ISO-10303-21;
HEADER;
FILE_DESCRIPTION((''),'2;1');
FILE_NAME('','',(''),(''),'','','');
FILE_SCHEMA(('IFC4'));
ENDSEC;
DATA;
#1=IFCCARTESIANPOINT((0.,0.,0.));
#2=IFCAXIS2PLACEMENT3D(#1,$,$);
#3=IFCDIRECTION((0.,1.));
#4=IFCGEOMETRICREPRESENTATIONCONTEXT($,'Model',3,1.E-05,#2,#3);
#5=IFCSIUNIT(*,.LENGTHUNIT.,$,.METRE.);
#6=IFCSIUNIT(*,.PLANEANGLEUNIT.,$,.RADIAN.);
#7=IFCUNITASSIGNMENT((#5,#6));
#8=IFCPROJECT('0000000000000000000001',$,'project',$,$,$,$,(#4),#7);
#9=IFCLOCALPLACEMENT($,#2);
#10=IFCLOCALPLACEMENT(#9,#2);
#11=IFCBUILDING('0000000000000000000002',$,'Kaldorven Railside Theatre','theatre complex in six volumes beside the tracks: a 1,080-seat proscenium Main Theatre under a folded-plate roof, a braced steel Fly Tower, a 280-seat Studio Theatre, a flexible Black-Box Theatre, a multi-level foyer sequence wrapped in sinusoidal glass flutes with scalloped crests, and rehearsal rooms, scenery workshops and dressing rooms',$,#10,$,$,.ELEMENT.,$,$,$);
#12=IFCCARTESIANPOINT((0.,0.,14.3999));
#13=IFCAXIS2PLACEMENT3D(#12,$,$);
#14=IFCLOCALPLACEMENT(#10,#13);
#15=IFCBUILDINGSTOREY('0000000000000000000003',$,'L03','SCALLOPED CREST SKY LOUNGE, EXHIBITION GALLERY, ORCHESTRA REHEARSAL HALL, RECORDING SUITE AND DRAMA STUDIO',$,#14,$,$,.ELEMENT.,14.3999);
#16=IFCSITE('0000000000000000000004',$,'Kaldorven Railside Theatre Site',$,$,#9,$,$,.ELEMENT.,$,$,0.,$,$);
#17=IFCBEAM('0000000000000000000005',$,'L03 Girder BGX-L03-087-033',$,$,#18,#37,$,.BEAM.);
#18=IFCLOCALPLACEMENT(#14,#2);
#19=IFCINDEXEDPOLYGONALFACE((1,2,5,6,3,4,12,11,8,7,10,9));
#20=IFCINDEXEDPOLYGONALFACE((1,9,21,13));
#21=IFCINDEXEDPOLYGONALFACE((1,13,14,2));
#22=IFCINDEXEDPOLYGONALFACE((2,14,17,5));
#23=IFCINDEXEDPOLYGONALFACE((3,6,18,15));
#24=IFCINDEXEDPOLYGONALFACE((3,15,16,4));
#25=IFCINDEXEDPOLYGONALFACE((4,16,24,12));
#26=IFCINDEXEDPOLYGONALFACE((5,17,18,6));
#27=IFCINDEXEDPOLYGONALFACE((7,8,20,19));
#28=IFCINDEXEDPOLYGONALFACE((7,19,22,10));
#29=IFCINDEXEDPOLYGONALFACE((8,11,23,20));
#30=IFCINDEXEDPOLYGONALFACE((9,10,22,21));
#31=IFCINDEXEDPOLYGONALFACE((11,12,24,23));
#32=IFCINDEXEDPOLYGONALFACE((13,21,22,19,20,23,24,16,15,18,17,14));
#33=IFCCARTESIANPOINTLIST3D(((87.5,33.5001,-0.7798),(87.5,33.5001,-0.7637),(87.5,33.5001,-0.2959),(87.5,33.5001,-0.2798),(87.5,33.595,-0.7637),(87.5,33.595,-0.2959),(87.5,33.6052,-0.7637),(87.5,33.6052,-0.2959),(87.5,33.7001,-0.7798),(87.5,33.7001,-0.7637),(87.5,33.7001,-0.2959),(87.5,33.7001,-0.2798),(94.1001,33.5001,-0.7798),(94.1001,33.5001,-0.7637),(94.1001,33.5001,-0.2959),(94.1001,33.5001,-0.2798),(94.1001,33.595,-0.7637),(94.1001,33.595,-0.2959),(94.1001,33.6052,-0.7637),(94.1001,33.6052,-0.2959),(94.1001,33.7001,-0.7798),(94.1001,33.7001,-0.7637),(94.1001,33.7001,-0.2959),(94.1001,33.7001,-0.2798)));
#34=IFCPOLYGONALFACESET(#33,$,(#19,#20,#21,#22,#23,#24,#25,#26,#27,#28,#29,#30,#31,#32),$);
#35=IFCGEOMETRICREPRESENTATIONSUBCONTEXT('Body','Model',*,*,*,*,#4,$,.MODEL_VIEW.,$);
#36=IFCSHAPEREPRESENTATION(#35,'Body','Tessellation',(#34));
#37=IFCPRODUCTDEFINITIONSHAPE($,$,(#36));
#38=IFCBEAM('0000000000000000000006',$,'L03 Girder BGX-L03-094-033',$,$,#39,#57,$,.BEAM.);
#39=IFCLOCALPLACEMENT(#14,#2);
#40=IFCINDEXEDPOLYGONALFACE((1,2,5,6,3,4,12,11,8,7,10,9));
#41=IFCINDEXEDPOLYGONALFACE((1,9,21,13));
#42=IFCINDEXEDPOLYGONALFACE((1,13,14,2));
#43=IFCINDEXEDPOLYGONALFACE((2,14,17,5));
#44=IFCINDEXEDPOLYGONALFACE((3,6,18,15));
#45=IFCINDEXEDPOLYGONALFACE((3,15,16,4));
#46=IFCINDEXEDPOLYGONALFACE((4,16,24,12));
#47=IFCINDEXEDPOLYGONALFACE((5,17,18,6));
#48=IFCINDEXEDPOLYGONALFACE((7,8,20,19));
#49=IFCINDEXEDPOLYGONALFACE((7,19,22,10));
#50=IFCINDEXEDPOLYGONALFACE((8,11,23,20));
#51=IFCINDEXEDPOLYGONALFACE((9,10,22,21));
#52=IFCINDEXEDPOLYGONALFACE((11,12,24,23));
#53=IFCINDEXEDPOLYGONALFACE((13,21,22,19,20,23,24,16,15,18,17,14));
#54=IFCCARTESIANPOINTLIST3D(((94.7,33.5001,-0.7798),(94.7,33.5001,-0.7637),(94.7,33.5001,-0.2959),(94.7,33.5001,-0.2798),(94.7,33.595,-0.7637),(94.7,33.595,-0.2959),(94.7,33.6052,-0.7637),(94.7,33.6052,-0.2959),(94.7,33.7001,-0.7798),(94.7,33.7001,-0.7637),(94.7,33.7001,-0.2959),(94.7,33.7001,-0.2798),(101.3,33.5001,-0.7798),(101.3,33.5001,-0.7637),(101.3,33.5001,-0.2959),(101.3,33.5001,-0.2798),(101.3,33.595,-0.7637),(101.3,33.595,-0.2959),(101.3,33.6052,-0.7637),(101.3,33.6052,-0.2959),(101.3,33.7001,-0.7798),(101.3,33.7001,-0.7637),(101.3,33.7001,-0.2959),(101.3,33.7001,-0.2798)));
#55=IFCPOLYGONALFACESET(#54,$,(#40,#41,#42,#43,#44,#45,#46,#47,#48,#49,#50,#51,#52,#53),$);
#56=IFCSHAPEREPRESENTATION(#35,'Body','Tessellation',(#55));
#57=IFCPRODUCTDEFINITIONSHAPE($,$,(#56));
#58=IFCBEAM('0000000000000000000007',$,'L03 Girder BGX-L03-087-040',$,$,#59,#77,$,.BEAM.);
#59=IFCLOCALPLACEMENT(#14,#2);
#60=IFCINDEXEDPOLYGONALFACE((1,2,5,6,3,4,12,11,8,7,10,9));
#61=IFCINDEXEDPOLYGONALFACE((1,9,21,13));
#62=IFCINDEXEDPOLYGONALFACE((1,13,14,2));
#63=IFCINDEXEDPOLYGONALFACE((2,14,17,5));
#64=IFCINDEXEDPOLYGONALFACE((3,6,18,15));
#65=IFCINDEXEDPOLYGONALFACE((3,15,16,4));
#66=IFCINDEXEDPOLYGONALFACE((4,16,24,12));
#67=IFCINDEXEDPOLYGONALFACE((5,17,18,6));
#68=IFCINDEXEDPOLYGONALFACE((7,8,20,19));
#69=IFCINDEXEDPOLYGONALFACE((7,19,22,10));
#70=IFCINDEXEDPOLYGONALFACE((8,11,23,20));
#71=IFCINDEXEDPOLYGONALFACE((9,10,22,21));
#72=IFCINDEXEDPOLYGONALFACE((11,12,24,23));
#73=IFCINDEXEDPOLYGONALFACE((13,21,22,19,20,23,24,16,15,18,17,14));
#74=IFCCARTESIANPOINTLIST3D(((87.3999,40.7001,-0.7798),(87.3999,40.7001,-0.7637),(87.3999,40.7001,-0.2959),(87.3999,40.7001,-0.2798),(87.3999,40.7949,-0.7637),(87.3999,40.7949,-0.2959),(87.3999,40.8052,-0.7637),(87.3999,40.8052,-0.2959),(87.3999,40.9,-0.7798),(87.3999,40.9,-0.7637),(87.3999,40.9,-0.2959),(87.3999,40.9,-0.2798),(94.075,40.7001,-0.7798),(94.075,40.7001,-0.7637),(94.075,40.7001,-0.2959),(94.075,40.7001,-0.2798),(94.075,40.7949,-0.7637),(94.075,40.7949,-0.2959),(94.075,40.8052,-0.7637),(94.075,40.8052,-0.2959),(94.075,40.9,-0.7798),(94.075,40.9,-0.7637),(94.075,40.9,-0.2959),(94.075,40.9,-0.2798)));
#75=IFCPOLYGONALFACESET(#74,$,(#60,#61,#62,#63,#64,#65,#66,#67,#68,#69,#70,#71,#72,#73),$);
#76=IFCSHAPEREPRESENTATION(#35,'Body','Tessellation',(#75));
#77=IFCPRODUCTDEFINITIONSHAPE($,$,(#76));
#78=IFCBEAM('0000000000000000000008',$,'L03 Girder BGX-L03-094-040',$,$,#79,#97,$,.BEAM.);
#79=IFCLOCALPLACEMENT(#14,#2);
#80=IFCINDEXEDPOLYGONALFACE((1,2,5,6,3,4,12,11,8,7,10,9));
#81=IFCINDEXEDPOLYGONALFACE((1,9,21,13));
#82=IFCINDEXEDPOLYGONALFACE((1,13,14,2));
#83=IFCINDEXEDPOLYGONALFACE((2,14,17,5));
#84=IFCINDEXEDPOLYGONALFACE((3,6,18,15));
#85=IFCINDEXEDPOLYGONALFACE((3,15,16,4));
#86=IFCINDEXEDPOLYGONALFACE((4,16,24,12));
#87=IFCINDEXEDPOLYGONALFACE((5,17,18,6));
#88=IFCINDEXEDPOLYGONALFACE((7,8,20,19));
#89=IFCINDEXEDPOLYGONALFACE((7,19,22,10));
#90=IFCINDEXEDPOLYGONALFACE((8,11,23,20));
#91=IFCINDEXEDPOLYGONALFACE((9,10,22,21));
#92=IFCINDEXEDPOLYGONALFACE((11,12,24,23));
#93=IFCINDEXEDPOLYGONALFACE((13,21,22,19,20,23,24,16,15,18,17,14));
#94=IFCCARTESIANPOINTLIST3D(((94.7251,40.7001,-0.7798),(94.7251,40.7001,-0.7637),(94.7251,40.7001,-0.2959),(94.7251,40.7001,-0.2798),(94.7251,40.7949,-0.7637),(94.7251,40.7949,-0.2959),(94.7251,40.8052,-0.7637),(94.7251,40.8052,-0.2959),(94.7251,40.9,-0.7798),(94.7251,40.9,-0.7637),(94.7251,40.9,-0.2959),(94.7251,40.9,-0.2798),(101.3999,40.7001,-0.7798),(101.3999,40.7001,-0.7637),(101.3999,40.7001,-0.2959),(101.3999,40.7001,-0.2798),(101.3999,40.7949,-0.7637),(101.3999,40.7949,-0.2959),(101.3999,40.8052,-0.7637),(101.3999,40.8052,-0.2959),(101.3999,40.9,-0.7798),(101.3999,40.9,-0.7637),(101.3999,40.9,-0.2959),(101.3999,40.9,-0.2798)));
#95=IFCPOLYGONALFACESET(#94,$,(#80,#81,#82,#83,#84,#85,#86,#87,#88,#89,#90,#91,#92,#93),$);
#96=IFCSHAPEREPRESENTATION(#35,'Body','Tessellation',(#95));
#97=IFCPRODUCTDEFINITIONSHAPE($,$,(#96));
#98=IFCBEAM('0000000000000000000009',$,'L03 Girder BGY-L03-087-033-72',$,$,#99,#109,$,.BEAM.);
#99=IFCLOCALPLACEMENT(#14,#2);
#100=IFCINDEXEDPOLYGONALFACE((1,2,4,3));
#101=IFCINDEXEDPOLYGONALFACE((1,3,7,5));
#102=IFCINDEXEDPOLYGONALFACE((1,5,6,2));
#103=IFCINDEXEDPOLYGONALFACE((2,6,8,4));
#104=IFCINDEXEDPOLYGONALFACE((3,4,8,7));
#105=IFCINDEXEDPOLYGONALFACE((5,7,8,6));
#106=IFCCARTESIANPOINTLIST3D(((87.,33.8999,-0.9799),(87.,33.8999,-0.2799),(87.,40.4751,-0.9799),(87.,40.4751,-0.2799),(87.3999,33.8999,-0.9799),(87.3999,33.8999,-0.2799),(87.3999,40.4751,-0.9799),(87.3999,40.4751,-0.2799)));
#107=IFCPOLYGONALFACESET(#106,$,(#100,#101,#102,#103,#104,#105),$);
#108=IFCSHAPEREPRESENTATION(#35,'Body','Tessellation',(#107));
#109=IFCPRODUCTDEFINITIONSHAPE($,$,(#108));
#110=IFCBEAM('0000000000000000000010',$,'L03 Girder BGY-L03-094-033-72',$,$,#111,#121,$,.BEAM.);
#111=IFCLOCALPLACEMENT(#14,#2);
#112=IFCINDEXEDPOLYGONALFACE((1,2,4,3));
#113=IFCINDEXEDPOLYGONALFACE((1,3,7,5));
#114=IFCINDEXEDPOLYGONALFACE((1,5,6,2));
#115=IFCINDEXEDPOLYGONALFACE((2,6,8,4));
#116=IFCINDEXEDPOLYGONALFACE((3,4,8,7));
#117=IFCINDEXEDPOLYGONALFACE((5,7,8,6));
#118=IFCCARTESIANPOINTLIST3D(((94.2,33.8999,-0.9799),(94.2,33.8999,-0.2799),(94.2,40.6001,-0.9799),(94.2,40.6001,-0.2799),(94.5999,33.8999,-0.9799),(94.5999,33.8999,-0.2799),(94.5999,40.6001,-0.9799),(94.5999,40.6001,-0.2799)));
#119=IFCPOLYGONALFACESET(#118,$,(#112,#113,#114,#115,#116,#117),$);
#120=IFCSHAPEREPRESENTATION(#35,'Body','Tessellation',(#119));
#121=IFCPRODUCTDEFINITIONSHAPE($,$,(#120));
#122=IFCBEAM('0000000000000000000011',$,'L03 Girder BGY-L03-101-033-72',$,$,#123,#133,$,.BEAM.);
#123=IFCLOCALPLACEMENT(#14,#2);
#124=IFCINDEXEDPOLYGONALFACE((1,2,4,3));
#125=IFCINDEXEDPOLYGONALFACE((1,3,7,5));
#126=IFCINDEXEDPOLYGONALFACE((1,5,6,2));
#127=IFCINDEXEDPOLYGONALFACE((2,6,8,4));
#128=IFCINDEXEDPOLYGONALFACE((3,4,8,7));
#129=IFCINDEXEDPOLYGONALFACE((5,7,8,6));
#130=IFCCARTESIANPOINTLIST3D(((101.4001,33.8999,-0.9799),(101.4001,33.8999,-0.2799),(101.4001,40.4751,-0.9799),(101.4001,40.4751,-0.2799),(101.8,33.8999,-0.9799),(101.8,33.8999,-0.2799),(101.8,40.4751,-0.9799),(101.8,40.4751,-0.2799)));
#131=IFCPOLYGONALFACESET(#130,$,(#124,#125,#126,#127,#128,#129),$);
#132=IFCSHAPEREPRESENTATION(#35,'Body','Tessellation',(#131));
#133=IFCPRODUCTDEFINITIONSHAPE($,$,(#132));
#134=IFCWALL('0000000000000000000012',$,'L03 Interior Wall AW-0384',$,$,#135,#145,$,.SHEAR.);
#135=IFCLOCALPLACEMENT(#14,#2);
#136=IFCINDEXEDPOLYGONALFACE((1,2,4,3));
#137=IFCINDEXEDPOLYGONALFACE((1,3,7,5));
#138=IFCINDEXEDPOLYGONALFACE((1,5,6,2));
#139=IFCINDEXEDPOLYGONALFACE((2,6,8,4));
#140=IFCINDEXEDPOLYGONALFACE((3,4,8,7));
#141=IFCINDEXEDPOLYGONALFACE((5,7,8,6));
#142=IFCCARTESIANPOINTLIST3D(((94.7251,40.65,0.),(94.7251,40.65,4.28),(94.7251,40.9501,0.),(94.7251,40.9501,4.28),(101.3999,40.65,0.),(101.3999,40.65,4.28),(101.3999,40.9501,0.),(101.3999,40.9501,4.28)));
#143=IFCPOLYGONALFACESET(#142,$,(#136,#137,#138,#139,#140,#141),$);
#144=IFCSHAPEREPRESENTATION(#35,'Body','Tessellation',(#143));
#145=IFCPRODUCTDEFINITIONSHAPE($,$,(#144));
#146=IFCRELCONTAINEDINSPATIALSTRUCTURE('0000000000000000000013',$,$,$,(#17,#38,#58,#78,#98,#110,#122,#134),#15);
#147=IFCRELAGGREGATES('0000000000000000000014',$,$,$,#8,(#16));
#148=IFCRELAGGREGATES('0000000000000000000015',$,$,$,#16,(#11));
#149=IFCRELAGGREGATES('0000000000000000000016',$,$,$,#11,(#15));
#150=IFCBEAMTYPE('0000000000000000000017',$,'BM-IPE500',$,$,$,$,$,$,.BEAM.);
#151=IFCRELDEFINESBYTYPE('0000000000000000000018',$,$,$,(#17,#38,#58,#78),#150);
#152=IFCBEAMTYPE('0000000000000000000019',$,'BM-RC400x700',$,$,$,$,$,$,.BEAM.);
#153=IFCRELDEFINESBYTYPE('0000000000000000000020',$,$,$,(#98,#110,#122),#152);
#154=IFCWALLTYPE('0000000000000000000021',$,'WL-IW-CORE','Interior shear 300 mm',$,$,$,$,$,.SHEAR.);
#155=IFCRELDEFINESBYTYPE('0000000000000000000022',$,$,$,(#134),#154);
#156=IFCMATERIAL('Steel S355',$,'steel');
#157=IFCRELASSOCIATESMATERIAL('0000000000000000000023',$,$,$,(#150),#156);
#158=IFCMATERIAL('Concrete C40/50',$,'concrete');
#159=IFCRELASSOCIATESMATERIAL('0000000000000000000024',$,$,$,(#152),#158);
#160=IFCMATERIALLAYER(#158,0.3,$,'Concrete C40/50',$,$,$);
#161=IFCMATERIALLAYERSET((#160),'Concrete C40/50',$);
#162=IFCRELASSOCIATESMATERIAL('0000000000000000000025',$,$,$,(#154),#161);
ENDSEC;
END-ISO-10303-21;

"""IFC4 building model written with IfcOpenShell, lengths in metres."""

from ifc_helpers import new_model, si_unit, direction, frame, frame_2d, origin, origin_2d, place, context, subcontext, project, spatial, rectangle, i_section, extrude, material, layer, layer_set, material_profile, profile_set, type_object, element, save


model = new_model("IFC4")

# Units and contexts
model_context = context("Model", 3, precision=1e-05, world=origin(), true_north=direction((0.0, 1.0)))
body_context = subcontext(model_context, "Body", "Model", "MODEL_VIEW")
ifc_project = project(units=[si_unit("LENGTHUNIT", "METRE"), si_unit("PLANEANGLEUNIT", "RADIAN")], contexts=[model_context])

# Site, building, storey
site_placement = place(None, origin())
site = spatial("IfcSite", under=ifc_project, at=site_placement, Name="Kaldorven Railside Theatre Site", CompositionType="ELEMENT", RefElevation=0.0)
building_placement = place(site_placement, origin())
building = spatial("IfcBuilding", under=site, at=building_placement, Name="Kaldorven Railside Theatre", Description="theatre complex in six volumes beside the tracks: a 1,080-seat proscenium Main Theatre under a folded-plate roof, a braced steel Fly Tower, a 280-seat Studio Theatre, a flexible Black-Box Theatre, a multi-level foyer sequence wrapped in sinusoidal glass flutes with scalloped crests, and rehearsal rooms, scenery workshops and dressing rooms", CompositionType="ELEMENT")
storey_placement = place(building_placement, frame((0.0, 0.0, 14.3999)))
storey = spatial("IfcBuildingStorey", under=building, at=storey_placement, Name="L03", Description="SCALLOPED CREST SKY LOUNGE, EXHIBITION GALLERY, ORCHESTRA REHEARSAL HALL, RECORDING SUITE AND DRAMA STUDIO", CompositionType="ELEMENT", Elevation=14.3999)

# Shared definitions
ifc_material_1 = material(Name="Concrete C40/50", Category="concrete")

# Beams
ifc_material_2 = material(Name="Steel S355", Category="steel")
ifc_material_profile_1 = material_profile(ifc_material_2, i_section(OverallWidth=0.2, OverallDepth=0.5, WebThickness=0.0103, FlangeThickness=0.0161, at=origin_2d()), Name="IPE 500")
ifc_profile_set_1 = profile_set([ifc_material_profile_1], Name="Steel S355")
beam_type_1 = type_object("IfcBeamType", Name="BM-IPE500", PredefinedType="BEAM", material=ifc_profile_set_1)
for number, where, z_axis, x_axis, name in (
    (1, (87.5, 33.6001, -0.5298), (1.0, 0.0, 0.0), (0.0, 1.0, 0.0), "L03 Girder BGX-L03-087-033"),
    (2, (94.7, 33.6001, -0.5298), (1.0, 0.0, 0.0), (0.0, 1.0, 0.0), "L03 Girder BGX-L03-094-033"),
):
    element("IfcBeam", number, at=place(storey_placement, frame(where, z_axis=z_axis, x_axis=x_axis)), inside=storey, type_object=beam_type_1, Name=name, PredefinedType="BEAM", context=body_context, shape_type="SweptSolid", body=[
        extrude(i_section(OverallWidth=0.2, OverallDepth=0.5, WebThickness=0.0103, FlangeThickness=0.0161, at=origin_2d()), origin(), (0.0, 0.0, 1.0), 6.6001),
    ])
beam_1_placement = place(storey_placement, frame((87.3999, 40.8, -0.5298), z_axis=(1.0, 0.0, 0.0), x_axis=(0.0, 1.0, 0.0)))
element("IfcBeam", 3, at=beam_1_placement, inside=storey, type_object=beam_type_1, Name="L03 Girder BGX-L03-087-040", PredefinedType="BEAM", context=body_context, shape_type="SweptSolid", body=[
    extrude(i_section(OverallWidth=0.2, OverallDepth=0.5, WebThickness=0.0103, FlangeThickness=0.0161, at=origin_2d()), origin(), (0.0, 0.0, 1.0), 6.675),
])
beam_2_placement = place(storey_placement, frame((94.7251, 40.8, -0.5298), z_axis=(1.0, 0.0, 0.0), x_axis=(0.0, 1.0, 0.0)))
element("IfcBeam", 4, at=beam_2_placement, inside=storey, type_object=beam_type_1, Name="L03 Girder BGX-L03-094-040", PredefinedType="BEAM", context=body_context, shape_type="SweptSolid", body=[
    extrude(i_section(OverallWidth=0.2, OverallDepth=0.5, WebThickness=0.0103, FlangeThickness=0.0161, at=origin_2d()), origin(), (0.0, 0.0, 1.0), 6.6748),
])
ifc_material_profile_2 = material_profile(ifc_material_1, rectangle(XDim=0.3999, YDim=0.7, at=origin_2d()), Name="RC 400x700")
ifc_profile_set_2 = profile_set([ifc_material_profile_2], Name="Concrete C40/50")
beam_type_2 = type_object("IfcBeamType", Name="BM-RC400x700", PredefinedType="BEAM", material=ifc_profile_set_2)
beam_3_placement = place(storey_placement, frame((87.2, 33.8999, -0.6299), z_axis=(0.0, 1.0, 0.0), x_axis=(-1.0, 0.0, 0.0)))
element("IfcBeam", 5, at=beam_3_placement, inside=storey, type_object=beam_type_2, Name="L03 Girder BGY-L03-087-033-72", PredefinedType="BEAM", context=body_context, shape_type="SweptSolid", body=[
    extrude(rectangle(XDim=0.3999, YDim=0.7, at=origin_2d()), origin(), (0.0, 0.0, 1.0), 6.5752),
])
beam_4_placement = place(storey_placement, frame((94.3999, 33.8999, -0.6299), z_axis=(0.0, 1.0, 0.0), x_axis=(-1.0, 0.0, 0.0)))
element("IfcBeam", 6, at=beam_4_placement, inside=storey, type_object=beam_type_2, Name="L03 Girder BGY-L03-094-033-72", PredefinedType="BEAM", context=body_context, shape_type="SweptSolid", body=[
    extrude(rectangle(XDim=0.3999, YDim=0.7, at=origin_2d()), origin(), (0.0, 0.0, 1.0), 6.7002),
])
beam_5_placement = place(storey_placement, frame((101.6001, 33.8999, -0.6299), z_axis=(0.0, 1.0, 0.0), x_axis=(-1.0, 0.0, 0.0)))
element("IfcBeam", 7, at=beam_5_placement, inside=storey, type_object=beam_type_2, Name="L03 Girder BGY-L03-101-033-72", PredefinedType="BEAM", context=body_context, shape_type="SweptSolid", body=[
    extrude(rectangle(XDim=0.3999, YDim=0.7, at=origin_2d()), origin(), (0.0, 0.0, 1.0), 6.5752),
])

# Shared definitions
ifc_layer = layer(ifc_material_1, 0.3, Name="Concrete C40/50")
ifc_layer_set = layer_set([ifc_layer], Name="Concrete C40/50")
wall_type = type_object("IfcWallType", Name="WL-IW-CORE", Description="Interior shear 300 mm", PredefinedType="SHEAR", material=ifc_layer_set)

# Wall
wall_1_placement = place(storey_placement, frame((94.7251, 40.8, 0.0), z_axis=(0.0, 0.0, 1.0), x_axis=(1.0, 0.0, 0.0)))
element("IfcWall", 8, at=wall_1_placement, inside=storey, type_object=wall_type, Name="L03 Interior Wall AW-0384", PredefinedType="SHEAR", context=body_context, shape_type="SweptSolid", body=[
    extrude(rectangle(XDim=6.6748, YDim=0.3, at=frame_2d((3.3374, 0.0))), origin(), (0.0, 0.0, 1.0), 4.28),
])

save(model, "model.ifc")
